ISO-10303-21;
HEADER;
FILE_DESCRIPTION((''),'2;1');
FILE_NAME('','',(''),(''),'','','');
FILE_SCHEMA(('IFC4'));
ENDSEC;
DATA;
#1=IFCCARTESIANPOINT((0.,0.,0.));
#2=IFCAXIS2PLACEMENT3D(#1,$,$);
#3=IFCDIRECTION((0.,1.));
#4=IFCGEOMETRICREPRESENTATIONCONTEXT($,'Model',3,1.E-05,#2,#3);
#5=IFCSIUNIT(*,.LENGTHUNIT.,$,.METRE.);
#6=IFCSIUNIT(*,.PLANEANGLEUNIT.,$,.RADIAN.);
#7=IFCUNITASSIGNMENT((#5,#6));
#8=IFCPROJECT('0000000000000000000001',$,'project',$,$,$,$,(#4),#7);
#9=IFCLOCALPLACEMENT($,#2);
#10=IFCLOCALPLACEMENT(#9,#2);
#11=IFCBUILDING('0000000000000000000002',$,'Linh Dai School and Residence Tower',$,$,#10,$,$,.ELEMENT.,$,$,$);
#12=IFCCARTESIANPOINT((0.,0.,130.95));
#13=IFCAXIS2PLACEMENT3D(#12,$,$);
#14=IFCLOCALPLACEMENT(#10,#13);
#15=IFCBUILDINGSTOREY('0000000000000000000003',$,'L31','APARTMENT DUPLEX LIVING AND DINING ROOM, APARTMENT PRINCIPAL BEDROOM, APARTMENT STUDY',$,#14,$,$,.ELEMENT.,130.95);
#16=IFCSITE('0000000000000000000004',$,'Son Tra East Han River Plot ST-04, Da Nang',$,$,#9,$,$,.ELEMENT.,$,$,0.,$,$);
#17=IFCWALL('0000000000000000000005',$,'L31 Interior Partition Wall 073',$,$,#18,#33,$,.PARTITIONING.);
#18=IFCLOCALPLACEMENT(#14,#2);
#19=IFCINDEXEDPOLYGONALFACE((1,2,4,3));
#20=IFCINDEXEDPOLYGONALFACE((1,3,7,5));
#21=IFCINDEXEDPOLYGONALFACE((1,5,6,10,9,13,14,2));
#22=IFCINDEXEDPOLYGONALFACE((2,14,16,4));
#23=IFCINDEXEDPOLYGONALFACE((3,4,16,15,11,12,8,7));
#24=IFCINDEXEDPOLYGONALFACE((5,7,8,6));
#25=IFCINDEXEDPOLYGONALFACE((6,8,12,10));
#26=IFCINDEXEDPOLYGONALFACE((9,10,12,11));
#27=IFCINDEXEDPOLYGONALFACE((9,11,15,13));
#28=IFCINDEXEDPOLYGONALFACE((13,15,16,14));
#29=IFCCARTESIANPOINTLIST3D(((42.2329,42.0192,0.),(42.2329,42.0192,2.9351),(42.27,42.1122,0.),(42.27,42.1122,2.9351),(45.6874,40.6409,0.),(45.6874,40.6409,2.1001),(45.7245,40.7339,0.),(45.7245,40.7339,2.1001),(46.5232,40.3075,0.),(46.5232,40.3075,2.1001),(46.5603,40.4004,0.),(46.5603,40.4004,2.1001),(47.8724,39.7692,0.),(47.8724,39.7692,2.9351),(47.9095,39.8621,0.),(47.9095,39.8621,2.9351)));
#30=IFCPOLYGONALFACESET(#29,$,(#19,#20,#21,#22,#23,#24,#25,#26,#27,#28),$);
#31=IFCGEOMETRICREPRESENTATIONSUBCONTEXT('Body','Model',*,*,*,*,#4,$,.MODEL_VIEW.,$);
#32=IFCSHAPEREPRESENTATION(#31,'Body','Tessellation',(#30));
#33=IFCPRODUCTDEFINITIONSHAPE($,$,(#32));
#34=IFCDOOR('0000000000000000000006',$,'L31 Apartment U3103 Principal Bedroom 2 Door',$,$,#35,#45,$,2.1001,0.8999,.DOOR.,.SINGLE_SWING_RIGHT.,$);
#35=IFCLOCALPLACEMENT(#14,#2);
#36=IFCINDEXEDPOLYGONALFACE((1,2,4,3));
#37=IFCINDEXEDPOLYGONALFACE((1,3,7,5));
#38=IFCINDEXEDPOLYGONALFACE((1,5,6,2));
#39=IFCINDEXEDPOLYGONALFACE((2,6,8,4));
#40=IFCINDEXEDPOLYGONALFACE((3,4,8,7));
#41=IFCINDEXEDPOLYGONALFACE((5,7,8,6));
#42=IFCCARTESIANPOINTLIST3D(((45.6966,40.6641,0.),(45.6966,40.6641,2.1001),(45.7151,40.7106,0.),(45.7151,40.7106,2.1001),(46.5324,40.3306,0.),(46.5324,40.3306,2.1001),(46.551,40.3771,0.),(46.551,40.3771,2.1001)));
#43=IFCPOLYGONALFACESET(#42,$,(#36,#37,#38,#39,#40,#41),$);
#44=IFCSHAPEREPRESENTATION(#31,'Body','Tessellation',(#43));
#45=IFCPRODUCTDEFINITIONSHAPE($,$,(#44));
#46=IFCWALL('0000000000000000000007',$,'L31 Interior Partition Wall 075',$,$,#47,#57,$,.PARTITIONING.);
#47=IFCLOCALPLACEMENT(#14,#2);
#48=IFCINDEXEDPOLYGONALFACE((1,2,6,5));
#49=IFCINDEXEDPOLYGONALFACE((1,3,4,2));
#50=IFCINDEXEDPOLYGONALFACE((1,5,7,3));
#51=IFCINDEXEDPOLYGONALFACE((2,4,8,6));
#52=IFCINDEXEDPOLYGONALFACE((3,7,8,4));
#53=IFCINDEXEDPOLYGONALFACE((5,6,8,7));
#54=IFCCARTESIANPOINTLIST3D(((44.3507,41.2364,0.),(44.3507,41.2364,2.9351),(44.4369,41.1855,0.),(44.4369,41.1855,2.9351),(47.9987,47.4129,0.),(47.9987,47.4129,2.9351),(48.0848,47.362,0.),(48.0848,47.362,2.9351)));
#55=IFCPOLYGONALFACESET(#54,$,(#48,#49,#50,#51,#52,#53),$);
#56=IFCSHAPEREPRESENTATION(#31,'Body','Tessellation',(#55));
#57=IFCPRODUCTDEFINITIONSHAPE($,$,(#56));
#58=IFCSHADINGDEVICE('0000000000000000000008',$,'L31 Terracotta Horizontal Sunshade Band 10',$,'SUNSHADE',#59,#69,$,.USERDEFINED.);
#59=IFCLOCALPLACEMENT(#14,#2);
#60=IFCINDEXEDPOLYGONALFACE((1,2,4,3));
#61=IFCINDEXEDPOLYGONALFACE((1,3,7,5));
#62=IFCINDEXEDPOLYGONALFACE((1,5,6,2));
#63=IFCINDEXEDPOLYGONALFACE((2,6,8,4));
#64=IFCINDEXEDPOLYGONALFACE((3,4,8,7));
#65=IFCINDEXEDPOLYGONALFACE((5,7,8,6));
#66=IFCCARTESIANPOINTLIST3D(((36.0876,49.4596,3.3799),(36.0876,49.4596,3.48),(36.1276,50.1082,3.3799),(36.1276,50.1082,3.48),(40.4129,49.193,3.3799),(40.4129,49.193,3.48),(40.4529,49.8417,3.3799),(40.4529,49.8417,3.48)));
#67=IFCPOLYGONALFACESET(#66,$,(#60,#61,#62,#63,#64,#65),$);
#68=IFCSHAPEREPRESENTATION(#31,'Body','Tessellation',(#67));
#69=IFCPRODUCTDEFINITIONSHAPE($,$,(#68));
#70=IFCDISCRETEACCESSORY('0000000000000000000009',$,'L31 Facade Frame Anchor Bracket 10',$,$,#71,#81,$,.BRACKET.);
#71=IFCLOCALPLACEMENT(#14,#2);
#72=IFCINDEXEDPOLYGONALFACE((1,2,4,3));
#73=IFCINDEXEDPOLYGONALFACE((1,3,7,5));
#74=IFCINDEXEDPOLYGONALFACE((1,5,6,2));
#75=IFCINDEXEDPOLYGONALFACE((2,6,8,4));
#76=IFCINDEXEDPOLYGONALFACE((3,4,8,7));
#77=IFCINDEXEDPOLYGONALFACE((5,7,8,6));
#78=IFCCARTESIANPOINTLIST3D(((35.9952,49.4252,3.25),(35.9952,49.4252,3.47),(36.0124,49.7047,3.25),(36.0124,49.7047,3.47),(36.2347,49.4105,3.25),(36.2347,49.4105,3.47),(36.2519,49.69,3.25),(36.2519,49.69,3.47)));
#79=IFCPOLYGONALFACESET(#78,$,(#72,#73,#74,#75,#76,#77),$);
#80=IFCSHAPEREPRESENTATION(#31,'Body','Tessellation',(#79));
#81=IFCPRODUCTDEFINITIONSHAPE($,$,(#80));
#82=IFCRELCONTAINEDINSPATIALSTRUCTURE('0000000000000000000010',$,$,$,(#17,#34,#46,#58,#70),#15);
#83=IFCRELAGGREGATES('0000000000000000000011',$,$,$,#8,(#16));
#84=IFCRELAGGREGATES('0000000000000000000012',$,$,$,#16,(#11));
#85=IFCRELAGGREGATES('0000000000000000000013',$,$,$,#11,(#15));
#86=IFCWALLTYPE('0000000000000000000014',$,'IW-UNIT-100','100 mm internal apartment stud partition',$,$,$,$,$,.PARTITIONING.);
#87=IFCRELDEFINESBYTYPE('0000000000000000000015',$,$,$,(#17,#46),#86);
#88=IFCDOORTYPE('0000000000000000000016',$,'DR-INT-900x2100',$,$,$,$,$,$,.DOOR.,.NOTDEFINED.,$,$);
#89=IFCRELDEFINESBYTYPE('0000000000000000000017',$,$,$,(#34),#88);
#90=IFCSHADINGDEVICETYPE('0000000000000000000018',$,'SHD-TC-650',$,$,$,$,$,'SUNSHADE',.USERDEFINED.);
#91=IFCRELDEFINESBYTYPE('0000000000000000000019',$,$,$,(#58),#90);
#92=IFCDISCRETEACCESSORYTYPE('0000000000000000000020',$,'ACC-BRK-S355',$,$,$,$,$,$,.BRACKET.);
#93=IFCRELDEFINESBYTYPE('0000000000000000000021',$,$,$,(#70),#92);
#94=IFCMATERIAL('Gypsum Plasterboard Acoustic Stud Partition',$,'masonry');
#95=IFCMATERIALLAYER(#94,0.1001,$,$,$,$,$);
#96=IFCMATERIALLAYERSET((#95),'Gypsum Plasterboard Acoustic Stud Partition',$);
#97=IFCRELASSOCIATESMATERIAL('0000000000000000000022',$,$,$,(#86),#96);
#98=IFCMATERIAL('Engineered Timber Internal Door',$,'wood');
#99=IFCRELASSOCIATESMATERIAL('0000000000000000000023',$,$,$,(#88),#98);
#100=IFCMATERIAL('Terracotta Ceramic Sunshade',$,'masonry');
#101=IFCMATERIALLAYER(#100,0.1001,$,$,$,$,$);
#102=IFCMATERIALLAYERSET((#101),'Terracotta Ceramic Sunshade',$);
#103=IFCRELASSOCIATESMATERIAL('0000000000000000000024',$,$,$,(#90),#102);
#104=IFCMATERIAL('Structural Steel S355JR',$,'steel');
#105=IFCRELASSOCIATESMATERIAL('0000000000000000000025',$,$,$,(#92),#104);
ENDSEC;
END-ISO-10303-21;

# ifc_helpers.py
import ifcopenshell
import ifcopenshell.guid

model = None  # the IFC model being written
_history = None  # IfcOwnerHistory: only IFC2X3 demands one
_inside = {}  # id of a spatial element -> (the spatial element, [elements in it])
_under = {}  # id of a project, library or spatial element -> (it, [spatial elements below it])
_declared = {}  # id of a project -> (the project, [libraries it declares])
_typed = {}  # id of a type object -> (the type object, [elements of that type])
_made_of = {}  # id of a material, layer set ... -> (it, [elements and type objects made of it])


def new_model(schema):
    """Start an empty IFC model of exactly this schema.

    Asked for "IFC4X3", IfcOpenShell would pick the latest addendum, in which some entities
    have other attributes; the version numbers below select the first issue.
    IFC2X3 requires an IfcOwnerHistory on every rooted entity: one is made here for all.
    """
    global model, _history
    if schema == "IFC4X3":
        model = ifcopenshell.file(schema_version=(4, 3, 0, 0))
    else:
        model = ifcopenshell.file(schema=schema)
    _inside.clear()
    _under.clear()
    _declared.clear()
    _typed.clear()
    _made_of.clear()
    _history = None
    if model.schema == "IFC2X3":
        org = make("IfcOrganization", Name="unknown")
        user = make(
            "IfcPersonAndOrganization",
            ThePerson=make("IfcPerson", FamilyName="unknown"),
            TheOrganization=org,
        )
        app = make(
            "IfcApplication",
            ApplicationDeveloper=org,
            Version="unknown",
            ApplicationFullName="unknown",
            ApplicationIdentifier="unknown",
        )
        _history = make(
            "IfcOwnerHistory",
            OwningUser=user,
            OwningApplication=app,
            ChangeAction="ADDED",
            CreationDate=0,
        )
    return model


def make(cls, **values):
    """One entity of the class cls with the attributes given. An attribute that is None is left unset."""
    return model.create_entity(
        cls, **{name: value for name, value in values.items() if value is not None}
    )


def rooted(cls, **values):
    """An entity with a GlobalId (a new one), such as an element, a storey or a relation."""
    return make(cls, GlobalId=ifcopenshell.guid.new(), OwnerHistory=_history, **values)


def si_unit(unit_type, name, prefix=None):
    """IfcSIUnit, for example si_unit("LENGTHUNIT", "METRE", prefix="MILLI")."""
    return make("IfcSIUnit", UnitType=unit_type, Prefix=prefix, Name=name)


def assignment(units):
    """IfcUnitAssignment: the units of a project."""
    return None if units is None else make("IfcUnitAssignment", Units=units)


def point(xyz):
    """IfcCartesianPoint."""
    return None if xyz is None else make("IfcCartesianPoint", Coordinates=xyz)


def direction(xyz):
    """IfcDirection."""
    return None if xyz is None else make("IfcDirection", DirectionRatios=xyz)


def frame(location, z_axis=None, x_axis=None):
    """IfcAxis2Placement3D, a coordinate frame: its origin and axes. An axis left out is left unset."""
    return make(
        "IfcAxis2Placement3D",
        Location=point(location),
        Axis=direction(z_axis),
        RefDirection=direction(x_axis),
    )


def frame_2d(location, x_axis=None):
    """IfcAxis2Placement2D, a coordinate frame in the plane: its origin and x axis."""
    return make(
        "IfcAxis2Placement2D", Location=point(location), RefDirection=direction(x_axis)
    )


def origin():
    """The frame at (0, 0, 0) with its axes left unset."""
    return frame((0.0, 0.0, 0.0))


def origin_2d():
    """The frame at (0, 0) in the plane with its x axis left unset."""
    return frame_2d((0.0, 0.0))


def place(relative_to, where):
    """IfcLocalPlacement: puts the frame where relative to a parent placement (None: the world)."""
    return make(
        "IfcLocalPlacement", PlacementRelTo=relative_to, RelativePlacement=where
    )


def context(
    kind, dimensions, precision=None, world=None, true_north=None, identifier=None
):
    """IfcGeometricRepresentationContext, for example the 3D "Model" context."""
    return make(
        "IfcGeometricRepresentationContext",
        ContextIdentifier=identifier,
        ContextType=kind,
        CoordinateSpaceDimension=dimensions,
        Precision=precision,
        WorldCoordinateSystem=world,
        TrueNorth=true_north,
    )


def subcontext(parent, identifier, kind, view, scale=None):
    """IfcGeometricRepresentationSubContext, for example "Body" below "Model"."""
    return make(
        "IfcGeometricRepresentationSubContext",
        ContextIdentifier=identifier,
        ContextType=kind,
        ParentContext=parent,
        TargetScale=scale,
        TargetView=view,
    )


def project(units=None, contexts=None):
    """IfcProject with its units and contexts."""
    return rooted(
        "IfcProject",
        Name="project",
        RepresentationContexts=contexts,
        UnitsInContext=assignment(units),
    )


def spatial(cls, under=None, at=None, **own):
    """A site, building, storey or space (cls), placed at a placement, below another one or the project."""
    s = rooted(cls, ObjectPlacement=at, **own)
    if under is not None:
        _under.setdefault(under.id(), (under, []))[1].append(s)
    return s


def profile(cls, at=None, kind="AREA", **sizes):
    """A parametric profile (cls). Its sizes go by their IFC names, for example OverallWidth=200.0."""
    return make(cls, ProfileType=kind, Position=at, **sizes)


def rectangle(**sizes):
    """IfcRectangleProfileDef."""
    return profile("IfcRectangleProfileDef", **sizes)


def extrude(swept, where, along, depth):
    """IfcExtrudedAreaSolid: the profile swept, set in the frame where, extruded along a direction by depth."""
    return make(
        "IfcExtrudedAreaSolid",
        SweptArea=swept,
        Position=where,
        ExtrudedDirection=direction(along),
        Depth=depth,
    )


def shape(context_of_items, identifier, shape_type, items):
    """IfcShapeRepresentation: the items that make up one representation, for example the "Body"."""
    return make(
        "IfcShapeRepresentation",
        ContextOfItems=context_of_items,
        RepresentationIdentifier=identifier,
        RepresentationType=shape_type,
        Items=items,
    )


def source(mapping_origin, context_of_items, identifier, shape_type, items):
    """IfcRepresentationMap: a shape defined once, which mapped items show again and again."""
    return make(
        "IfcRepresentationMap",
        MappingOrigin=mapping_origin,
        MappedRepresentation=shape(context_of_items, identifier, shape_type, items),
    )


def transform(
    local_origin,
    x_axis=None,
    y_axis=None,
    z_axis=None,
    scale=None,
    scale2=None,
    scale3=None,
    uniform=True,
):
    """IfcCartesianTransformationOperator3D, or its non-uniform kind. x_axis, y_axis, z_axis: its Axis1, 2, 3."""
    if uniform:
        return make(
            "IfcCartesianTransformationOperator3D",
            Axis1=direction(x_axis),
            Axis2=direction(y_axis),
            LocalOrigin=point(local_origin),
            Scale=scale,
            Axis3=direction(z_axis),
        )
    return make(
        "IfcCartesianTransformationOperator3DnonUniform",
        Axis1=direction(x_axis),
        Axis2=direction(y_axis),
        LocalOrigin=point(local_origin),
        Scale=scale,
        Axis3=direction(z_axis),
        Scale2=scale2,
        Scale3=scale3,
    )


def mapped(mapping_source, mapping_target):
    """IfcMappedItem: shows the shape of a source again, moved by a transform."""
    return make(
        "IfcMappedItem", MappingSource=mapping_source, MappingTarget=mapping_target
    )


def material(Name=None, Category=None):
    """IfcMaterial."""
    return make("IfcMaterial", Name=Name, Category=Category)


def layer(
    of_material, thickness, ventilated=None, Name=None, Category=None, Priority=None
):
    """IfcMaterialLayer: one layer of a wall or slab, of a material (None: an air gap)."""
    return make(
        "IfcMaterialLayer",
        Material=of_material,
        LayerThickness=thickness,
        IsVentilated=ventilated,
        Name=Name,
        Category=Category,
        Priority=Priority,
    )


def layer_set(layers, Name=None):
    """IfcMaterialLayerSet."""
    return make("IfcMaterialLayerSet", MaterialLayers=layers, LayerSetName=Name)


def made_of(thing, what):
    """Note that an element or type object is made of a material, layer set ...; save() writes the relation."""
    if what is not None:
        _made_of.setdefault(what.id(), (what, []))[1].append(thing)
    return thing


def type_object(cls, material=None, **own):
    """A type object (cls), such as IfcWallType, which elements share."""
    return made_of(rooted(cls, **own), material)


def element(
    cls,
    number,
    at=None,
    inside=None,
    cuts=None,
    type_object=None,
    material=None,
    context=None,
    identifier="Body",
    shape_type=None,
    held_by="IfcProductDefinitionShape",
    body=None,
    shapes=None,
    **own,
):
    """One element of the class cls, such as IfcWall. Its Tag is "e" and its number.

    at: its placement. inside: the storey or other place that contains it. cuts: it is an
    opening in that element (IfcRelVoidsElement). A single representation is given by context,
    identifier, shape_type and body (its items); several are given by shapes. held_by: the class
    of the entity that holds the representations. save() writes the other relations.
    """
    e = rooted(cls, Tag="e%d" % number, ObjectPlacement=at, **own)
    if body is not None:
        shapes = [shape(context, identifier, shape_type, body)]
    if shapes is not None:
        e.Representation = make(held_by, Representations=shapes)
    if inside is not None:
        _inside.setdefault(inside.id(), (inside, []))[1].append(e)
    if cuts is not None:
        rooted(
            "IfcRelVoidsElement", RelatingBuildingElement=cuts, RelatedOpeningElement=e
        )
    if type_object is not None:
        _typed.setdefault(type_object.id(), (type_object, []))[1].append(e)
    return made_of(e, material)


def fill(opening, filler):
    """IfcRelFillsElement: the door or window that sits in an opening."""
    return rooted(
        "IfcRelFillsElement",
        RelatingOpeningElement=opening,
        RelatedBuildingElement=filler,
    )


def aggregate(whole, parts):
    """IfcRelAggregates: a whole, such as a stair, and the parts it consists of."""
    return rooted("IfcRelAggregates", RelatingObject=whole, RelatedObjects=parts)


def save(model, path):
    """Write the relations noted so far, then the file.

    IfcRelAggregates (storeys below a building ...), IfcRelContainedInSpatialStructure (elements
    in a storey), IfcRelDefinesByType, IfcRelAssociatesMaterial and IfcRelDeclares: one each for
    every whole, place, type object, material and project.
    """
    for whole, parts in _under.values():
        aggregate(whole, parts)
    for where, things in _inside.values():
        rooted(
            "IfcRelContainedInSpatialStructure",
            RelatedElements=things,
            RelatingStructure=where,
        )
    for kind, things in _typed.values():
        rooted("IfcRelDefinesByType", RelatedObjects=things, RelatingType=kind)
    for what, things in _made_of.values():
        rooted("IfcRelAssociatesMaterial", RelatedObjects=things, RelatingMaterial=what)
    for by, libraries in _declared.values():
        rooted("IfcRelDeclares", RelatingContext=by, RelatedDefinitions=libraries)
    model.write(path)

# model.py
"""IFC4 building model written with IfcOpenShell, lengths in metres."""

from ifc_helpers import new_model, si_unit, direction, frame, frame_2d, origin, origin_2d, place, context, subcontext, project, spatial, rectangle, extrude, source, transform, mapped, material, layer, layer_set, type_object, element, fill, save


model = new_model("IFC4")

# Units and contexts
model_context = context("Model", 3, precision=1e-05, world=origin(), true_north=direction((0.0, 1.0)))
body_context = subcontext(model_context, "Body", "Model", "MODEL_VIEW")
ifc_project = project(units=[si_unit("LENGTHUNIT", "METRE"), si_unit("PLANEANGLEUNIT", "RADIAN")], contexts=[model_context])

# Site, building, storey
site_placement = place(None, origin())
site = spatial("IfcSite", under=ifc_project, at=site_placement, Name="Son Tra East Han River Plot ST-04, Da Nang", CompositionType="ELEMENT", RefElevation=0.0)
building_placement = place(site_placement, origin())
building = spatial("IfcBuilding", under=site, at=building_placement, Name="Linh Dai School and Residence Tower", CompositionType="ELEMENT")
storey_placement = place(building_placement, frame((0.0, 0.0, 130.95)))
storey = spatial("IfcBuildingStorey", under=building, at=storey_placement, Name="L31", Description="APARTMENT DUPLEX LIVING AND DINING ROOM, APARTMENT PRINCIPAL BEDROOM, APARTMENT STUDY", CompositionType="ELEMENT", Elevation=130.95)

# Shared definitions
ifc_material_1 = material(Name="Structural Steel S355JR", Category="steel")

# Shared definitions
ifc_material_2 = material(Name="Gypsum Plasterboard Acoustic Stud Partition", Category="masonry")
ifc_layer_1 = layer(ifc_material_2, 0.1001)
ifc_layer_set_1 = layer_set([ifc_layer_1], Name="Gypsum Plasterboard Acoustic Stud Partition")
wall_type_1 = type_object("IfcWallType", Name="IW-UNIT-100", Description="100 mm internal apartment stud partition", PredefinedType="PARTITIONING", material=ifc_layer_set_1)

# Wall, opening, door
ifc_material_3 = material(Name="Engineered Timber Internal Door", Category="wood")
door_type_1 = type_object("IfcDoorType", Name="DR-INT-900x2100", OperationType="NOTDEFINED", PredefinedType="DOOR", material=ifc_material_3)
shared_shape_1 = source(origin(), body_context, "Body", "SweptSolid", [
    extrude(rectangle(XDim=0.8999, YDim=2.1001, at=origin_2d()), frame((0.45, 0.0249, 1.05), z_axis=(0.0, -1.0, 0.0), x_axis=(1.0, 0.0, 0.0)), (0.0, 0.0, 1.0), 0.05),
])
wall_1_placement = place(storey_placement, frame((42.2515, 42.0657, 0.0), z_axis=(0.0, 0.0, 1.0), x_axis=(0.928804, -0.370572, 0.0)))
wall_1 = element("IfcWall", 1, at=wall_1_placement, inside=storey, type_object=wall_type_1, Name="L31 Interior Partition Wall 073", PredefinedType="PARTITIONING", context=body_context, shape_type="SweptSolid", body=[
    extrude(rectangle(XDim=6.0718, YDim=0.1001, at=frame_2d((3.0359, 0.0))), origin(), (0.0, 0.0, 1.0), 2.9351),
])
opening_1_placement = place(wall_1_placement, frame((3.7192, 0.0, 0.0)))
opening_1 = element("IfcOpeningElement", 2, at=opening_1_placement, cuts=wall_1, PredefinedType="OPENING", context=body_context, shape_type="SweptSolid", body=[
    extrude(rectangle(XDim=0.8999, YDim=2.1001, at=origin_2d()), frame((0.45, 0.0601, 1.05), z_axis=(0.0, -1.0, 0.0), x_axis=(1.0, 0.0, 0.0)), (0.0, 0.0, 1.0), 0.1201),
])
door_1_placement = place(opening_1_placement, origin())
door_1 = element("IfcDoor", 3, at=door_1_placement, inside=storey, type_object=door_type_1, Name="L31 Apartment U3103 Principal Bedroom 2 Door", OperationType="SINGLE_SWING_RIGHT", OverallHeight=2.1001, OverallWidth=0.8999, PredefinedType="DOOR", context=body_context, shape_type="MappedRepresentation", body=[
    mapped(shared_shape_1, transform((0.0, 0.0, 0.0), x_axis=(1.0, 0.0, 0.0), y_axis=(0.0, 1.0, 0.0), z_axis=(0.0, 0.0, 1.0), scale=1.0)),
])
fill(opening_1, door_1)

# Wall
wall_2_placement = place(storey_placement, frame((44.3938, 41.2109, 0.0), z_axis=(0.0, 0.0, 1.0), x_axis=(0.508542, 0.861037, 0.0)))
element("IfcWall", 4, at=wall_2_placement, inside=storey, type_object=wall_type_1, Name="L31 Interior Partition Wall 075", PredefinedType="PARTITIONING", context=body_context, shape_type="SweptSolid", body=[
    extrude(rectangle(XDim=7.1733, YDim=0.1001, at=frame_2d((3.5867, 0.0))), origin(), (0.0, 0.0, 1.0), 2.9351),
])

# Shading device
ifc_material_4 = material(Name="Terracotta Ceramic Sunshade", Category="masonry")
ifc_layer_2 = layer(ifc_material_4, 0.1001)
ifc_layer_set_2 = layer_set([ifc_layer_2], Name="Terracotta Ceramic Sunshade")
shading_device_type = type_object("IfcShadingDeviceType", Name="SHD-TC-650", ElementType="SUNSHADE", PredefinedType="USERDEFINED", material=ifc_layer_set_2)
shared_shape_2 = source(origin(), body_context, "Body", "SweptSolid", [
    extrude(rectangle(XDim=4.3335, YDim=0.6499, at=origin_2d()), origin(), (0.0, 0.0, 1.0), 0.1001),
])
shading_device_placement = place(storey_placement, frame((38.2703, 49.6506, 3.3799), z_axis=(0.0, 0.0, 1.0), x_axis=(0.998107, -0.061509, 0.0)))
element("IfcShadingDevice", 5, at=shading_device_placement, inside=storey, type_object=shading_device_type, Name="L31 Terracotta Horizontal Sunshade Band 10", ObjectType="SUNSHADE", PredefinedType="USERDEFINED", context=body_context, shape_type="MappedRepresentation", body=[
    mapped(shared_shape_2, transform((0.0, 0.0, 0.0), x_axis=(1.0, 0.0, 0.0), y_axis=(0.0, 1.0, 0.0), z_axis=(0.0, 0.0, 1.0), scale=1.0)),
])

# Discrete accessory
discrete_accessory_type = type_object("IfcDiscreteAccessoryType", Name="ACC-BRK-S355", PredefinedType="BRACKET", material=ifc_material_1)
shared_shape_3 = source(origin(), body_context, "Body", "SweptSolid", [
    extrude(rectangle(XDim=0.28, YDim=0.24, at=origin_2d()), origin(), (0.0, 0.0, 1.0), 0.22),
])
discrete_accessory_placement = place(storey_placement, frame((36.1235, 49.5576, 3.25), z_axis=(0.0, 0.0, 1.0), x_axis=(0.061509, 0.998107, 0.0)))
element("IfcDiscreteAccessory", 6, at=discrete_accessory_placement, inside=storey, type_object=discrete_accessory_type, Name="L31 Facade Frame Anchor Bracket 10", PredefinedType="BRACKET", context=body_context, shape_type="MappedRepresentation", body=[
    mapped(shared_shape_3, transform((0.0, 0.0, 0.0), x_axis=(1.0, 0.0, 0.0), y_axis=(0.0, 1.0, 0.0), z_axis=(0.0, 0.0, 1.0), scale=1.0)),
])

save(model, "model.ifc")
